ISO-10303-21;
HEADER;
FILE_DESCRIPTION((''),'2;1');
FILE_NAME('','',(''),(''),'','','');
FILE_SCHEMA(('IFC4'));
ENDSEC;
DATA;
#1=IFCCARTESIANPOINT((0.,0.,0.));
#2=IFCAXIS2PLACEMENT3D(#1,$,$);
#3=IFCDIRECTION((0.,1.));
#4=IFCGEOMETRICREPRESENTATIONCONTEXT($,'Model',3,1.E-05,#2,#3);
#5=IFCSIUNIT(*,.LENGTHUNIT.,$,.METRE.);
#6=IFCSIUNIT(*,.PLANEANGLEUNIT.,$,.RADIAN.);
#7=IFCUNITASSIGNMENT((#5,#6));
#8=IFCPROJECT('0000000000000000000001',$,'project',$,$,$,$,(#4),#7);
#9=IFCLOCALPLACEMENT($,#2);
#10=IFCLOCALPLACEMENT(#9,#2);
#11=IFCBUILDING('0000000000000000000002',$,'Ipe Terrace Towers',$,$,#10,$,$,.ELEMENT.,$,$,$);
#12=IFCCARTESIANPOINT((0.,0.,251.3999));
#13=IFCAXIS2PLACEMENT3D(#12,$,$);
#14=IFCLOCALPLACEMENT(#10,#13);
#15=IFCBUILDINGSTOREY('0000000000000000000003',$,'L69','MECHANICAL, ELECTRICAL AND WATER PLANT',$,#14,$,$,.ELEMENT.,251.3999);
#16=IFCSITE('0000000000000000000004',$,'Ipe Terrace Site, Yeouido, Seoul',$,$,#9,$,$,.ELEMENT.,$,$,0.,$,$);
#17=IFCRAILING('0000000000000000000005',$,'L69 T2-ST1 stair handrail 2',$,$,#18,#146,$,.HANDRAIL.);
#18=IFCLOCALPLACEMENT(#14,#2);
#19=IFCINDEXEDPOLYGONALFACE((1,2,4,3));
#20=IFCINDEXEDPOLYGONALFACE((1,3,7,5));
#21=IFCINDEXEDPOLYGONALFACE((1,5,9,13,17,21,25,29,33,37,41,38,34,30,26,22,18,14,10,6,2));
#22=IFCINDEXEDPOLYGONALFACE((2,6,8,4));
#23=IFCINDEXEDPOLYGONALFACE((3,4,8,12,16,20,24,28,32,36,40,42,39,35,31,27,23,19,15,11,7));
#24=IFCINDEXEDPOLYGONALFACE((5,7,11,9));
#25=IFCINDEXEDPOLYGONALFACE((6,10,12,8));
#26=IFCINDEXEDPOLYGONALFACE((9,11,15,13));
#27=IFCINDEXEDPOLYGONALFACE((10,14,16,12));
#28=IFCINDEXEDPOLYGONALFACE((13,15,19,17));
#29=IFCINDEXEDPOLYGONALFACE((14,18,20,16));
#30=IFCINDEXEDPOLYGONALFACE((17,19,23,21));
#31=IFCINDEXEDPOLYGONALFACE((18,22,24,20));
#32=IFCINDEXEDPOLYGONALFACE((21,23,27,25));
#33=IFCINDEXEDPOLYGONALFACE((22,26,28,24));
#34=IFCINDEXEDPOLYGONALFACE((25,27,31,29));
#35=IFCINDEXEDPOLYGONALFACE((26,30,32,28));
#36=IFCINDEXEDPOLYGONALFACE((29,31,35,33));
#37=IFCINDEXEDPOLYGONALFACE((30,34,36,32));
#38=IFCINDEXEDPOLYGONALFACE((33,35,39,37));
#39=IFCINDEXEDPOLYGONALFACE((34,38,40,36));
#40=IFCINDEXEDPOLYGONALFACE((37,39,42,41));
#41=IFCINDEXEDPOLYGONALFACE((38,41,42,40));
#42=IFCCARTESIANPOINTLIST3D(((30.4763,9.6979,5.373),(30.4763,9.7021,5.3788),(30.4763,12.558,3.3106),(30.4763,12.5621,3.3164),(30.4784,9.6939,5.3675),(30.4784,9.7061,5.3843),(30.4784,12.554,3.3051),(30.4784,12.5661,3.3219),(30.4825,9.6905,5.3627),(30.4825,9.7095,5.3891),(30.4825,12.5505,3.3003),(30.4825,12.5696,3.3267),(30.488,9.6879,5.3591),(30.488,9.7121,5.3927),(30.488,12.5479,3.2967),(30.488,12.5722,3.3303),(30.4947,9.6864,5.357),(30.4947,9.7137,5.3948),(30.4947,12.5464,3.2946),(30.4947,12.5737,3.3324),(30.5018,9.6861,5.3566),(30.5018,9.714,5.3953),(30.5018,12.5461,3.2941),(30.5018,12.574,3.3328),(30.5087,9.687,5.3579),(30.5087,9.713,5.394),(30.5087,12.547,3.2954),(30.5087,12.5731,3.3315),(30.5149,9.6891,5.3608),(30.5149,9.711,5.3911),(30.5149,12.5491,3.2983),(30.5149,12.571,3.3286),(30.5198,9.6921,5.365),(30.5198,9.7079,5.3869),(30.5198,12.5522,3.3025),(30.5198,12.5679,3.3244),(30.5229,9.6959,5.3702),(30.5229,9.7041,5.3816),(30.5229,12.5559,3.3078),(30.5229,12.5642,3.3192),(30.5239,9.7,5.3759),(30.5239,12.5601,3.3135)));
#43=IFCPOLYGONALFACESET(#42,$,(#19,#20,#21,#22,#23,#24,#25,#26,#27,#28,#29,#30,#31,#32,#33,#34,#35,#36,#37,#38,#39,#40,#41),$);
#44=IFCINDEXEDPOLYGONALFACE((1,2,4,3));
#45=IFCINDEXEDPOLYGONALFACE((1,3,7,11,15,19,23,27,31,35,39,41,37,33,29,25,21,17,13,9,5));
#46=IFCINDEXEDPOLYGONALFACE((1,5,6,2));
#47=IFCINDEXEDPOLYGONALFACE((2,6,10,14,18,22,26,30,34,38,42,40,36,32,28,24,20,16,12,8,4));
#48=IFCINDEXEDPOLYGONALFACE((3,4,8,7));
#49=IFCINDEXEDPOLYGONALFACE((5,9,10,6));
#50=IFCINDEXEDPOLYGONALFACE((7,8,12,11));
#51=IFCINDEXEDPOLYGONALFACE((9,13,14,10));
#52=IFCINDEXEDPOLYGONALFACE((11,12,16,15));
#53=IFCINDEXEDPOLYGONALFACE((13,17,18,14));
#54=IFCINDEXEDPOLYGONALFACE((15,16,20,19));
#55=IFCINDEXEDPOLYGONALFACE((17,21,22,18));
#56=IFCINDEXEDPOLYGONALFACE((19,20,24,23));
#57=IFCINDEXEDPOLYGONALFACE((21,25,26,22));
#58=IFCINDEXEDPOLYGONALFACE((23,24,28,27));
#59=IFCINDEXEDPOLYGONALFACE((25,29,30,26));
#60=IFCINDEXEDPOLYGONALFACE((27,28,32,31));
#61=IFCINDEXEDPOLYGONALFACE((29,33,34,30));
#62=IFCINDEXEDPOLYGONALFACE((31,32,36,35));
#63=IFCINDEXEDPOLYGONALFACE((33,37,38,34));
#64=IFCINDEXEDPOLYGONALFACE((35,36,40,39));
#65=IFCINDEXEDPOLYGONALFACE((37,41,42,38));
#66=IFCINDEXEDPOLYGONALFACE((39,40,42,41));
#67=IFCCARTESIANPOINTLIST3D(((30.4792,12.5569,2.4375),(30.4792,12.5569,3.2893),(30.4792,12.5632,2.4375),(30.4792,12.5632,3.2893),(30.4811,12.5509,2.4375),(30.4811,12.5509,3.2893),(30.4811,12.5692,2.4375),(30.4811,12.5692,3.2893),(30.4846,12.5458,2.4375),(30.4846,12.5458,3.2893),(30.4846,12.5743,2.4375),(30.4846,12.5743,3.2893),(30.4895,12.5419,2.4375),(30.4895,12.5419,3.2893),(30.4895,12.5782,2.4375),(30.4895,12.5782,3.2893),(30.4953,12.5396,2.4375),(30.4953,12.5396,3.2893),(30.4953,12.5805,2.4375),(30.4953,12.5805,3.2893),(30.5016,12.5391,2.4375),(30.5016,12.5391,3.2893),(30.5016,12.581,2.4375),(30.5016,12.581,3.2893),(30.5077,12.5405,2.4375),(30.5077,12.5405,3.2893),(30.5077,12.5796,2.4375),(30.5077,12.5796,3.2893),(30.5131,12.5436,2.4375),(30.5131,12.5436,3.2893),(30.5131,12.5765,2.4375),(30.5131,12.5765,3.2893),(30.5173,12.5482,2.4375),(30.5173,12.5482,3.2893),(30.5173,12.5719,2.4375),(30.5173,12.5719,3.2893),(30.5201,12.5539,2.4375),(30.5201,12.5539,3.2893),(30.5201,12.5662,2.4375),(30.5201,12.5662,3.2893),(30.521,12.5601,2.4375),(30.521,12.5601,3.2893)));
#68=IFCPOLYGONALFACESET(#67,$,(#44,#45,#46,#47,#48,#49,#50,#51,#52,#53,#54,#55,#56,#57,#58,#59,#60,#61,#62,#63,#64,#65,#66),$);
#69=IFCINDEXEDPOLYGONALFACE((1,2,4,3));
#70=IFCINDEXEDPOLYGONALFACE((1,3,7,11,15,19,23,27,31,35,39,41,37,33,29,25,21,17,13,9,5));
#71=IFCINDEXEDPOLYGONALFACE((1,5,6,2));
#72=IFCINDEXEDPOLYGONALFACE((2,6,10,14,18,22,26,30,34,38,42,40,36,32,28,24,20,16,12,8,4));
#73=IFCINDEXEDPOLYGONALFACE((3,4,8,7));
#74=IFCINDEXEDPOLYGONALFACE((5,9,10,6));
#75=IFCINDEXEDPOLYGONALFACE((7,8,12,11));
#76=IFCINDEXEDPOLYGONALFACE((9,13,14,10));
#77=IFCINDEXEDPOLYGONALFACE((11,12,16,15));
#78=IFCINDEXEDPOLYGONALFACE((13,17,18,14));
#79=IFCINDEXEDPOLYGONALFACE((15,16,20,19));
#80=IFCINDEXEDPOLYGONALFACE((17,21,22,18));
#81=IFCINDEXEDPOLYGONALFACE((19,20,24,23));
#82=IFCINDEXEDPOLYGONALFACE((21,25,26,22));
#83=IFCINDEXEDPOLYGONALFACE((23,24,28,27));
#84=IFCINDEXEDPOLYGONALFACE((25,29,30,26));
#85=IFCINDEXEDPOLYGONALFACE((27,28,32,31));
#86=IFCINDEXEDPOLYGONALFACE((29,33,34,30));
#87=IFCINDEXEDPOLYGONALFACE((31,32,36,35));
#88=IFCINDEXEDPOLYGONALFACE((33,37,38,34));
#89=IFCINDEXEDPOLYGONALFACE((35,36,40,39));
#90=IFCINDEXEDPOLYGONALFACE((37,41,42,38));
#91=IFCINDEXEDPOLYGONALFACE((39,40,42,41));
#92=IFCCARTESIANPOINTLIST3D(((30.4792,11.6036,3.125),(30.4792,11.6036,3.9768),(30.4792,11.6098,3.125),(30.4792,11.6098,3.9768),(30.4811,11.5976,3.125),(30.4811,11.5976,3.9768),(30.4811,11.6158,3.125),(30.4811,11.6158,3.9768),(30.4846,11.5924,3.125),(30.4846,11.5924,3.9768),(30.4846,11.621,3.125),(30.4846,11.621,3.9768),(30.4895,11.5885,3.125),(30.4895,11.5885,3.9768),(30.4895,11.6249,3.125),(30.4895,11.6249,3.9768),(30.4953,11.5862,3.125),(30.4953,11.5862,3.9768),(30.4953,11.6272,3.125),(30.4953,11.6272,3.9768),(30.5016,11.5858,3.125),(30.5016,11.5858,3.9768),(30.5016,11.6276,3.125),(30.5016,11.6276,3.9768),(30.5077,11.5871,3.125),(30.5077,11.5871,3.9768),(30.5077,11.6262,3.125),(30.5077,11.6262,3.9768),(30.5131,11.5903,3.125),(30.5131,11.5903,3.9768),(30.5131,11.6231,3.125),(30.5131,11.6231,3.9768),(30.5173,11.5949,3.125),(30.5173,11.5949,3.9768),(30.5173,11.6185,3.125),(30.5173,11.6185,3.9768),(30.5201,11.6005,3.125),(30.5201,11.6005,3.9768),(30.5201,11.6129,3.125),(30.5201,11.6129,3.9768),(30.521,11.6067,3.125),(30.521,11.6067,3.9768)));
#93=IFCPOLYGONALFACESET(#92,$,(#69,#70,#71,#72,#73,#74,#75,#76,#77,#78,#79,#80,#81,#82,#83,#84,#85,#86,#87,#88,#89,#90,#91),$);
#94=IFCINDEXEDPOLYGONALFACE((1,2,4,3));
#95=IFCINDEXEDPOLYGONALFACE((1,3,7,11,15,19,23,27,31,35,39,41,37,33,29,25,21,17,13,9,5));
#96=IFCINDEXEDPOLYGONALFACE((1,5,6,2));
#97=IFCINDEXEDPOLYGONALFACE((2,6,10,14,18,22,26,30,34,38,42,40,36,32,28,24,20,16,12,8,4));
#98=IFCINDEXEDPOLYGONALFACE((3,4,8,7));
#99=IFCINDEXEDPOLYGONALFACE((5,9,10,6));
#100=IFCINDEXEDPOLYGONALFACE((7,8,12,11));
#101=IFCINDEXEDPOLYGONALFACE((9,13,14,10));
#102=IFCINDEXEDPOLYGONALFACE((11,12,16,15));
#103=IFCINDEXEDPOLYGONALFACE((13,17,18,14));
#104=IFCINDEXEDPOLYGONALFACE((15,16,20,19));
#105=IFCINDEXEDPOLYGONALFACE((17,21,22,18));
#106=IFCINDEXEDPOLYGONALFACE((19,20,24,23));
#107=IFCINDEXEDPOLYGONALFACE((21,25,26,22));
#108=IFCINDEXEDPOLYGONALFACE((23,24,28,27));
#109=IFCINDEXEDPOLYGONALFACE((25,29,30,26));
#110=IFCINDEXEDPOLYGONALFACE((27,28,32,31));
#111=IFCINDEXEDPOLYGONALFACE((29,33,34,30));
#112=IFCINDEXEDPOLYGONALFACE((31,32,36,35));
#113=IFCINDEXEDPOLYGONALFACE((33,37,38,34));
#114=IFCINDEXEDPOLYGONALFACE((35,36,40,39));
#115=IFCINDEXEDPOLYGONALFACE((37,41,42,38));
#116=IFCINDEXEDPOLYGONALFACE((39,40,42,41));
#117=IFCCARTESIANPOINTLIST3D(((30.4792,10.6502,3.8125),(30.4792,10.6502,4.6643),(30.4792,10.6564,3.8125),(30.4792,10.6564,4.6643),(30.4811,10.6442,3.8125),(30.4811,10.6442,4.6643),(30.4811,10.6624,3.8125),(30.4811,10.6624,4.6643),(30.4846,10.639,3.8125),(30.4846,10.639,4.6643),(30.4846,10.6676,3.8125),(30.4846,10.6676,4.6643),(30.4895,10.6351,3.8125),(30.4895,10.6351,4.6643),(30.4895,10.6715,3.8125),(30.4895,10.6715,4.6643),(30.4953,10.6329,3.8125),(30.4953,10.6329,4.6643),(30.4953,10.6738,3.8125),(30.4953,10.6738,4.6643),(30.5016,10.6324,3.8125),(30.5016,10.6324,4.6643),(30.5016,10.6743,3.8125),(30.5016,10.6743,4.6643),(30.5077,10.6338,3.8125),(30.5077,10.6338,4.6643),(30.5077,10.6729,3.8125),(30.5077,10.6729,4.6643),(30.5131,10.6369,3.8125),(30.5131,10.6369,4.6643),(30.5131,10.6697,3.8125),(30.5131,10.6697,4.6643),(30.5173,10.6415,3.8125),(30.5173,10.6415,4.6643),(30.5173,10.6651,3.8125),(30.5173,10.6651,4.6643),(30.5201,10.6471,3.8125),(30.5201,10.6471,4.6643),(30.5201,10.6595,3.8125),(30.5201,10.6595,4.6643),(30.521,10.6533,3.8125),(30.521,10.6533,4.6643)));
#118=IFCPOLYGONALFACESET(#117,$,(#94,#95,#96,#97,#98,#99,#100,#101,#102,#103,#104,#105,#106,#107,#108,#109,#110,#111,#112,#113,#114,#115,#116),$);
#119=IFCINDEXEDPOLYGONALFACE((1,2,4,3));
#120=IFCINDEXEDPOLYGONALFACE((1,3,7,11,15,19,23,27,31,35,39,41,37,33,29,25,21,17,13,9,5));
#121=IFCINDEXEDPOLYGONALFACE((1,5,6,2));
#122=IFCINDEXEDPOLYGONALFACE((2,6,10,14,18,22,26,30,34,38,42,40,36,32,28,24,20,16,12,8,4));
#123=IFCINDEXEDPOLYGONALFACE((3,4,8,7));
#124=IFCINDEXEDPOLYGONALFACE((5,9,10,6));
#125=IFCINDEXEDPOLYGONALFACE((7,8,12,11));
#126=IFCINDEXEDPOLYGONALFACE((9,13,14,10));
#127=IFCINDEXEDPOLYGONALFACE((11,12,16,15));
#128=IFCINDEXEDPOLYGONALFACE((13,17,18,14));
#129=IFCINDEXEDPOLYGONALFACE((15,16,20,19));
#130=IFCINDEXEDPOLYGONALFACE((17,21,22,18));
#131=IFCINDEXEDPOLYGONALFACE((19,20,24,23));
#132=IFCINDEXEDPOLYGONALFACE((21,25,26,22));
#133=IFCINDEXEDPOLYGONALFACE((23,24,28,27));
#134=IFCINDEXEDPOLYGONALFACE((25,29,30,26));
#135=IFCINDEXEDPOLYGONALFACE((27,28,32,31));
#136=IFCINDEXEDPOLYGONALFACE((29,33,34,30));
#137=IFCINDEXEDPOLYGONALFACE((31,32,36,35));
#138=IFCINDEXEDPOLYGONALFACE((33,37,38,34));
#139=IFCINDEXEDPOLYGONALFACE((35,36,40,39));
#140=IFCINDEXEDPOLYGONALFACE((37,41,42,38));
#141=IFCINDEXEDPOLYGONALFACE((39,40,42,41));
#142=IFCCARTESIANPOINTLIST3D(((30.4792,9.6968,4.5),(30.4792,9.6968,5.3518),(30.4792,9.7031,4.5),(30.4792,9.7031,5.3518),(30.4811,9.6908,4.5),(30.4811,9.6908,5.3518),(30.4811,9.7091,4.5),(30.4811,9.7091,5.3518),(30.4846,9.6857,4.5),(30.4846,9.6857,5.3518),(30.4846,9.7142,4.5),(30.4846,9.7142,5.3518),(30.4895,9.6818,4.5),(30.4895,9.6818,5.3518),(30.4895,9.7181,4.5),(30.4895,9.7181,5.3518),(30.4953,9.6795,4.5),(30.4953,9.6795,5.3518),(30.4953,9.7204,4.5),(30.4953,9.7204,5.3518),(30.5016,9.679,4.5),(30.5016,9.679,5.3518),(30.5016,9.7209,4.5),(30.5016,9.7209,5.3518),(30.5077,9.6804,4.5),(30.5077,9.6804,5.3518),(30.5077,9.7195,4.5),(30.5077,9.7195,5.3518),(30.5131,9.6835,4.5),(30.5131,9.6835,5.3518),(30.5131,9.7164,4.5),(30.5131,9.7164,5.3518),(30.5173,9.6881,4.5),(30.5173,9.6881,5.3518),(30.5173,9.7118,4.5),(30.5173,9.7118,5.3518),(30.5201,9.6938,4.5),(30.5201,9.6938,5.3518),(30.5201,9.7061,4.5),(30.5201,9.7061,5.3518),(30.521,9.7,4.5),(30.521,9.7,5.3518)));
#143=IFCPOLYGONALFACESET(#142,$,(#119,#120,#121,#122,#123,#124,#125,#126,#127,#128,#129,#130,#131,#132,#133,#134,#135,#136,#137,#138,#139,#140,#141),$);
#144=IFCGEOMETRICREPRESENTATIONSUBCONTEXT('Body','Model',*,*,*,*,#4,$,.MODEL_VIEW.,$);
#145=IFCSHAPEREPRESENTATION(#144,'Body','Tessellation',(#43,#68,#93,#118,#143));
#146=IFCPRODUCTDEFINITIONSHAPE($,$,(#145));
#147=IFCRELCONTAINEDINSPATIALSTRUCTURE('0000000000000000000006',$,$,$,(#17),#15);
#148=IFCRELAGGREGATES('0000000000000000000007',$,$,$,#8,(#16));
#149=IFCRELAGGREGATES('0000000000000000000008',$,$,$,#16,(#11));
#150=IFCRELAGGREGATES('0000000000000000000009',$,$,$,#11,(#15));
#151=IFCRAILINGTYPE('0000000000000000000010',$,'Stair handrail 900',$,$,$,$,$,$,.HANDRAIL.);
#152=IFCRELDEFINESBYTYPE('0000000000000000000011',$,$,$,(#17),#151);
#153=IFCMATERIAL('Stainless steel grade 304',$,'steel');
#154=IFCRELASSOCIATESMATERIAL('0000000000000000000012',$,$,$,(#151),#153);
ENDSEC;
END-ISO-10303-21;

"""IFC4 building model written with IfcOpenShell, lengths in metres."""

from ifc_helpers import new_model, si_unit, direction, frame, origin, origin_2d, place, context, subcontext, project, spatial, circle, extrude, material, type_object, element, save


model = new_model("IFC4")

# Units and contexts
model_context = context("Model", 3, precision=1e-05, world=origin(), true_north=direction((0.0, 1.0)))
body_context = subcontext(model_context, "Body", "Model", "MODEL_VIEW")
ifc_project = project(units=[si_unit("LENGTHUNIT", "METRE"), si_unit("PLANEANGLEUNIT", "RADIAN")], contexts=[model_context])

# Site, building, storey
site_placement = place(None, origin())
site = spatial("IfcSite", under=ifc_project, at=site_placement, Name="Ipe Terrace Site, Yeouido, Seoul", CompositionType="ELEMENT", RefElevation=0.0)
building_placement = place(site_placement, origin())
building = spatial("IfcBuilding", under=site, at=building_placement, Name="Ipe Terrace Towers", CompositionType="ELEMENT")
storey_placement = place(building_placement, frame((0.0, 0.0, 251.3999)))
storey = spatial("IfcBuildingStorey", under=building, at=storey_placement, Name="L69", Description="MECHANICAL, ELECTRICAL AND WATER PLANT", CompositionType="ELEMENT", Elevation=251.3999)

# Railing
ifc_material_1 = material(Name="Stainless steel grade 304", Category="steel")
railing_type_1 = type_object("IfcRailingType", Name="Stair handrail 900", PredefinedType="HANDRAIL", material=ifc_material_1)
railing_1_placement = place(storey_placement, frame((30.5, 12.5601, 2.4375)))
element("IfcRailing", 1, at=railing_1_placement, inside=storey, type_object=railing_type_1, Name="L69 T2-ST1 stair handrail 2", PredefinedType="HANDRAIL", context=body_context, shape_type="SweptSolid", body=[
    extrude(circle(Radius=0.0239, at=origin_2d()), frame((0.0, 0.0, 0.876), z_axis=(0.0, -0.811101, 0.584906), x_axis=(1.0, 0.0, 0.0)), (0.0, 0.0, 1.0), 3.5261),
    extrude(circle(Radius=0.021, at=origin_2d()), origin(), (0.0, 0.0, 1.0), 0.8518),
    extrude(circle(Radius=0.021, at=origin_2d()), frame((0.0, -0.9534, 0.6875)), (0.0, 0.0, 1.0), 0.8518),
    extrude(circle(Radius=0.021, at=origin_2d()), frame((0.0, -1.9067, 1.375)), (0.0, 0.0, 1.0), 0.8518),
    extrude(circle(Radius=0.021, at=origin_2d()), frame((0.0, -2.8601, 2.0625)), (0.0, 0.0, 1.0), 0.8518),
])

save(model, "model.ifc")
